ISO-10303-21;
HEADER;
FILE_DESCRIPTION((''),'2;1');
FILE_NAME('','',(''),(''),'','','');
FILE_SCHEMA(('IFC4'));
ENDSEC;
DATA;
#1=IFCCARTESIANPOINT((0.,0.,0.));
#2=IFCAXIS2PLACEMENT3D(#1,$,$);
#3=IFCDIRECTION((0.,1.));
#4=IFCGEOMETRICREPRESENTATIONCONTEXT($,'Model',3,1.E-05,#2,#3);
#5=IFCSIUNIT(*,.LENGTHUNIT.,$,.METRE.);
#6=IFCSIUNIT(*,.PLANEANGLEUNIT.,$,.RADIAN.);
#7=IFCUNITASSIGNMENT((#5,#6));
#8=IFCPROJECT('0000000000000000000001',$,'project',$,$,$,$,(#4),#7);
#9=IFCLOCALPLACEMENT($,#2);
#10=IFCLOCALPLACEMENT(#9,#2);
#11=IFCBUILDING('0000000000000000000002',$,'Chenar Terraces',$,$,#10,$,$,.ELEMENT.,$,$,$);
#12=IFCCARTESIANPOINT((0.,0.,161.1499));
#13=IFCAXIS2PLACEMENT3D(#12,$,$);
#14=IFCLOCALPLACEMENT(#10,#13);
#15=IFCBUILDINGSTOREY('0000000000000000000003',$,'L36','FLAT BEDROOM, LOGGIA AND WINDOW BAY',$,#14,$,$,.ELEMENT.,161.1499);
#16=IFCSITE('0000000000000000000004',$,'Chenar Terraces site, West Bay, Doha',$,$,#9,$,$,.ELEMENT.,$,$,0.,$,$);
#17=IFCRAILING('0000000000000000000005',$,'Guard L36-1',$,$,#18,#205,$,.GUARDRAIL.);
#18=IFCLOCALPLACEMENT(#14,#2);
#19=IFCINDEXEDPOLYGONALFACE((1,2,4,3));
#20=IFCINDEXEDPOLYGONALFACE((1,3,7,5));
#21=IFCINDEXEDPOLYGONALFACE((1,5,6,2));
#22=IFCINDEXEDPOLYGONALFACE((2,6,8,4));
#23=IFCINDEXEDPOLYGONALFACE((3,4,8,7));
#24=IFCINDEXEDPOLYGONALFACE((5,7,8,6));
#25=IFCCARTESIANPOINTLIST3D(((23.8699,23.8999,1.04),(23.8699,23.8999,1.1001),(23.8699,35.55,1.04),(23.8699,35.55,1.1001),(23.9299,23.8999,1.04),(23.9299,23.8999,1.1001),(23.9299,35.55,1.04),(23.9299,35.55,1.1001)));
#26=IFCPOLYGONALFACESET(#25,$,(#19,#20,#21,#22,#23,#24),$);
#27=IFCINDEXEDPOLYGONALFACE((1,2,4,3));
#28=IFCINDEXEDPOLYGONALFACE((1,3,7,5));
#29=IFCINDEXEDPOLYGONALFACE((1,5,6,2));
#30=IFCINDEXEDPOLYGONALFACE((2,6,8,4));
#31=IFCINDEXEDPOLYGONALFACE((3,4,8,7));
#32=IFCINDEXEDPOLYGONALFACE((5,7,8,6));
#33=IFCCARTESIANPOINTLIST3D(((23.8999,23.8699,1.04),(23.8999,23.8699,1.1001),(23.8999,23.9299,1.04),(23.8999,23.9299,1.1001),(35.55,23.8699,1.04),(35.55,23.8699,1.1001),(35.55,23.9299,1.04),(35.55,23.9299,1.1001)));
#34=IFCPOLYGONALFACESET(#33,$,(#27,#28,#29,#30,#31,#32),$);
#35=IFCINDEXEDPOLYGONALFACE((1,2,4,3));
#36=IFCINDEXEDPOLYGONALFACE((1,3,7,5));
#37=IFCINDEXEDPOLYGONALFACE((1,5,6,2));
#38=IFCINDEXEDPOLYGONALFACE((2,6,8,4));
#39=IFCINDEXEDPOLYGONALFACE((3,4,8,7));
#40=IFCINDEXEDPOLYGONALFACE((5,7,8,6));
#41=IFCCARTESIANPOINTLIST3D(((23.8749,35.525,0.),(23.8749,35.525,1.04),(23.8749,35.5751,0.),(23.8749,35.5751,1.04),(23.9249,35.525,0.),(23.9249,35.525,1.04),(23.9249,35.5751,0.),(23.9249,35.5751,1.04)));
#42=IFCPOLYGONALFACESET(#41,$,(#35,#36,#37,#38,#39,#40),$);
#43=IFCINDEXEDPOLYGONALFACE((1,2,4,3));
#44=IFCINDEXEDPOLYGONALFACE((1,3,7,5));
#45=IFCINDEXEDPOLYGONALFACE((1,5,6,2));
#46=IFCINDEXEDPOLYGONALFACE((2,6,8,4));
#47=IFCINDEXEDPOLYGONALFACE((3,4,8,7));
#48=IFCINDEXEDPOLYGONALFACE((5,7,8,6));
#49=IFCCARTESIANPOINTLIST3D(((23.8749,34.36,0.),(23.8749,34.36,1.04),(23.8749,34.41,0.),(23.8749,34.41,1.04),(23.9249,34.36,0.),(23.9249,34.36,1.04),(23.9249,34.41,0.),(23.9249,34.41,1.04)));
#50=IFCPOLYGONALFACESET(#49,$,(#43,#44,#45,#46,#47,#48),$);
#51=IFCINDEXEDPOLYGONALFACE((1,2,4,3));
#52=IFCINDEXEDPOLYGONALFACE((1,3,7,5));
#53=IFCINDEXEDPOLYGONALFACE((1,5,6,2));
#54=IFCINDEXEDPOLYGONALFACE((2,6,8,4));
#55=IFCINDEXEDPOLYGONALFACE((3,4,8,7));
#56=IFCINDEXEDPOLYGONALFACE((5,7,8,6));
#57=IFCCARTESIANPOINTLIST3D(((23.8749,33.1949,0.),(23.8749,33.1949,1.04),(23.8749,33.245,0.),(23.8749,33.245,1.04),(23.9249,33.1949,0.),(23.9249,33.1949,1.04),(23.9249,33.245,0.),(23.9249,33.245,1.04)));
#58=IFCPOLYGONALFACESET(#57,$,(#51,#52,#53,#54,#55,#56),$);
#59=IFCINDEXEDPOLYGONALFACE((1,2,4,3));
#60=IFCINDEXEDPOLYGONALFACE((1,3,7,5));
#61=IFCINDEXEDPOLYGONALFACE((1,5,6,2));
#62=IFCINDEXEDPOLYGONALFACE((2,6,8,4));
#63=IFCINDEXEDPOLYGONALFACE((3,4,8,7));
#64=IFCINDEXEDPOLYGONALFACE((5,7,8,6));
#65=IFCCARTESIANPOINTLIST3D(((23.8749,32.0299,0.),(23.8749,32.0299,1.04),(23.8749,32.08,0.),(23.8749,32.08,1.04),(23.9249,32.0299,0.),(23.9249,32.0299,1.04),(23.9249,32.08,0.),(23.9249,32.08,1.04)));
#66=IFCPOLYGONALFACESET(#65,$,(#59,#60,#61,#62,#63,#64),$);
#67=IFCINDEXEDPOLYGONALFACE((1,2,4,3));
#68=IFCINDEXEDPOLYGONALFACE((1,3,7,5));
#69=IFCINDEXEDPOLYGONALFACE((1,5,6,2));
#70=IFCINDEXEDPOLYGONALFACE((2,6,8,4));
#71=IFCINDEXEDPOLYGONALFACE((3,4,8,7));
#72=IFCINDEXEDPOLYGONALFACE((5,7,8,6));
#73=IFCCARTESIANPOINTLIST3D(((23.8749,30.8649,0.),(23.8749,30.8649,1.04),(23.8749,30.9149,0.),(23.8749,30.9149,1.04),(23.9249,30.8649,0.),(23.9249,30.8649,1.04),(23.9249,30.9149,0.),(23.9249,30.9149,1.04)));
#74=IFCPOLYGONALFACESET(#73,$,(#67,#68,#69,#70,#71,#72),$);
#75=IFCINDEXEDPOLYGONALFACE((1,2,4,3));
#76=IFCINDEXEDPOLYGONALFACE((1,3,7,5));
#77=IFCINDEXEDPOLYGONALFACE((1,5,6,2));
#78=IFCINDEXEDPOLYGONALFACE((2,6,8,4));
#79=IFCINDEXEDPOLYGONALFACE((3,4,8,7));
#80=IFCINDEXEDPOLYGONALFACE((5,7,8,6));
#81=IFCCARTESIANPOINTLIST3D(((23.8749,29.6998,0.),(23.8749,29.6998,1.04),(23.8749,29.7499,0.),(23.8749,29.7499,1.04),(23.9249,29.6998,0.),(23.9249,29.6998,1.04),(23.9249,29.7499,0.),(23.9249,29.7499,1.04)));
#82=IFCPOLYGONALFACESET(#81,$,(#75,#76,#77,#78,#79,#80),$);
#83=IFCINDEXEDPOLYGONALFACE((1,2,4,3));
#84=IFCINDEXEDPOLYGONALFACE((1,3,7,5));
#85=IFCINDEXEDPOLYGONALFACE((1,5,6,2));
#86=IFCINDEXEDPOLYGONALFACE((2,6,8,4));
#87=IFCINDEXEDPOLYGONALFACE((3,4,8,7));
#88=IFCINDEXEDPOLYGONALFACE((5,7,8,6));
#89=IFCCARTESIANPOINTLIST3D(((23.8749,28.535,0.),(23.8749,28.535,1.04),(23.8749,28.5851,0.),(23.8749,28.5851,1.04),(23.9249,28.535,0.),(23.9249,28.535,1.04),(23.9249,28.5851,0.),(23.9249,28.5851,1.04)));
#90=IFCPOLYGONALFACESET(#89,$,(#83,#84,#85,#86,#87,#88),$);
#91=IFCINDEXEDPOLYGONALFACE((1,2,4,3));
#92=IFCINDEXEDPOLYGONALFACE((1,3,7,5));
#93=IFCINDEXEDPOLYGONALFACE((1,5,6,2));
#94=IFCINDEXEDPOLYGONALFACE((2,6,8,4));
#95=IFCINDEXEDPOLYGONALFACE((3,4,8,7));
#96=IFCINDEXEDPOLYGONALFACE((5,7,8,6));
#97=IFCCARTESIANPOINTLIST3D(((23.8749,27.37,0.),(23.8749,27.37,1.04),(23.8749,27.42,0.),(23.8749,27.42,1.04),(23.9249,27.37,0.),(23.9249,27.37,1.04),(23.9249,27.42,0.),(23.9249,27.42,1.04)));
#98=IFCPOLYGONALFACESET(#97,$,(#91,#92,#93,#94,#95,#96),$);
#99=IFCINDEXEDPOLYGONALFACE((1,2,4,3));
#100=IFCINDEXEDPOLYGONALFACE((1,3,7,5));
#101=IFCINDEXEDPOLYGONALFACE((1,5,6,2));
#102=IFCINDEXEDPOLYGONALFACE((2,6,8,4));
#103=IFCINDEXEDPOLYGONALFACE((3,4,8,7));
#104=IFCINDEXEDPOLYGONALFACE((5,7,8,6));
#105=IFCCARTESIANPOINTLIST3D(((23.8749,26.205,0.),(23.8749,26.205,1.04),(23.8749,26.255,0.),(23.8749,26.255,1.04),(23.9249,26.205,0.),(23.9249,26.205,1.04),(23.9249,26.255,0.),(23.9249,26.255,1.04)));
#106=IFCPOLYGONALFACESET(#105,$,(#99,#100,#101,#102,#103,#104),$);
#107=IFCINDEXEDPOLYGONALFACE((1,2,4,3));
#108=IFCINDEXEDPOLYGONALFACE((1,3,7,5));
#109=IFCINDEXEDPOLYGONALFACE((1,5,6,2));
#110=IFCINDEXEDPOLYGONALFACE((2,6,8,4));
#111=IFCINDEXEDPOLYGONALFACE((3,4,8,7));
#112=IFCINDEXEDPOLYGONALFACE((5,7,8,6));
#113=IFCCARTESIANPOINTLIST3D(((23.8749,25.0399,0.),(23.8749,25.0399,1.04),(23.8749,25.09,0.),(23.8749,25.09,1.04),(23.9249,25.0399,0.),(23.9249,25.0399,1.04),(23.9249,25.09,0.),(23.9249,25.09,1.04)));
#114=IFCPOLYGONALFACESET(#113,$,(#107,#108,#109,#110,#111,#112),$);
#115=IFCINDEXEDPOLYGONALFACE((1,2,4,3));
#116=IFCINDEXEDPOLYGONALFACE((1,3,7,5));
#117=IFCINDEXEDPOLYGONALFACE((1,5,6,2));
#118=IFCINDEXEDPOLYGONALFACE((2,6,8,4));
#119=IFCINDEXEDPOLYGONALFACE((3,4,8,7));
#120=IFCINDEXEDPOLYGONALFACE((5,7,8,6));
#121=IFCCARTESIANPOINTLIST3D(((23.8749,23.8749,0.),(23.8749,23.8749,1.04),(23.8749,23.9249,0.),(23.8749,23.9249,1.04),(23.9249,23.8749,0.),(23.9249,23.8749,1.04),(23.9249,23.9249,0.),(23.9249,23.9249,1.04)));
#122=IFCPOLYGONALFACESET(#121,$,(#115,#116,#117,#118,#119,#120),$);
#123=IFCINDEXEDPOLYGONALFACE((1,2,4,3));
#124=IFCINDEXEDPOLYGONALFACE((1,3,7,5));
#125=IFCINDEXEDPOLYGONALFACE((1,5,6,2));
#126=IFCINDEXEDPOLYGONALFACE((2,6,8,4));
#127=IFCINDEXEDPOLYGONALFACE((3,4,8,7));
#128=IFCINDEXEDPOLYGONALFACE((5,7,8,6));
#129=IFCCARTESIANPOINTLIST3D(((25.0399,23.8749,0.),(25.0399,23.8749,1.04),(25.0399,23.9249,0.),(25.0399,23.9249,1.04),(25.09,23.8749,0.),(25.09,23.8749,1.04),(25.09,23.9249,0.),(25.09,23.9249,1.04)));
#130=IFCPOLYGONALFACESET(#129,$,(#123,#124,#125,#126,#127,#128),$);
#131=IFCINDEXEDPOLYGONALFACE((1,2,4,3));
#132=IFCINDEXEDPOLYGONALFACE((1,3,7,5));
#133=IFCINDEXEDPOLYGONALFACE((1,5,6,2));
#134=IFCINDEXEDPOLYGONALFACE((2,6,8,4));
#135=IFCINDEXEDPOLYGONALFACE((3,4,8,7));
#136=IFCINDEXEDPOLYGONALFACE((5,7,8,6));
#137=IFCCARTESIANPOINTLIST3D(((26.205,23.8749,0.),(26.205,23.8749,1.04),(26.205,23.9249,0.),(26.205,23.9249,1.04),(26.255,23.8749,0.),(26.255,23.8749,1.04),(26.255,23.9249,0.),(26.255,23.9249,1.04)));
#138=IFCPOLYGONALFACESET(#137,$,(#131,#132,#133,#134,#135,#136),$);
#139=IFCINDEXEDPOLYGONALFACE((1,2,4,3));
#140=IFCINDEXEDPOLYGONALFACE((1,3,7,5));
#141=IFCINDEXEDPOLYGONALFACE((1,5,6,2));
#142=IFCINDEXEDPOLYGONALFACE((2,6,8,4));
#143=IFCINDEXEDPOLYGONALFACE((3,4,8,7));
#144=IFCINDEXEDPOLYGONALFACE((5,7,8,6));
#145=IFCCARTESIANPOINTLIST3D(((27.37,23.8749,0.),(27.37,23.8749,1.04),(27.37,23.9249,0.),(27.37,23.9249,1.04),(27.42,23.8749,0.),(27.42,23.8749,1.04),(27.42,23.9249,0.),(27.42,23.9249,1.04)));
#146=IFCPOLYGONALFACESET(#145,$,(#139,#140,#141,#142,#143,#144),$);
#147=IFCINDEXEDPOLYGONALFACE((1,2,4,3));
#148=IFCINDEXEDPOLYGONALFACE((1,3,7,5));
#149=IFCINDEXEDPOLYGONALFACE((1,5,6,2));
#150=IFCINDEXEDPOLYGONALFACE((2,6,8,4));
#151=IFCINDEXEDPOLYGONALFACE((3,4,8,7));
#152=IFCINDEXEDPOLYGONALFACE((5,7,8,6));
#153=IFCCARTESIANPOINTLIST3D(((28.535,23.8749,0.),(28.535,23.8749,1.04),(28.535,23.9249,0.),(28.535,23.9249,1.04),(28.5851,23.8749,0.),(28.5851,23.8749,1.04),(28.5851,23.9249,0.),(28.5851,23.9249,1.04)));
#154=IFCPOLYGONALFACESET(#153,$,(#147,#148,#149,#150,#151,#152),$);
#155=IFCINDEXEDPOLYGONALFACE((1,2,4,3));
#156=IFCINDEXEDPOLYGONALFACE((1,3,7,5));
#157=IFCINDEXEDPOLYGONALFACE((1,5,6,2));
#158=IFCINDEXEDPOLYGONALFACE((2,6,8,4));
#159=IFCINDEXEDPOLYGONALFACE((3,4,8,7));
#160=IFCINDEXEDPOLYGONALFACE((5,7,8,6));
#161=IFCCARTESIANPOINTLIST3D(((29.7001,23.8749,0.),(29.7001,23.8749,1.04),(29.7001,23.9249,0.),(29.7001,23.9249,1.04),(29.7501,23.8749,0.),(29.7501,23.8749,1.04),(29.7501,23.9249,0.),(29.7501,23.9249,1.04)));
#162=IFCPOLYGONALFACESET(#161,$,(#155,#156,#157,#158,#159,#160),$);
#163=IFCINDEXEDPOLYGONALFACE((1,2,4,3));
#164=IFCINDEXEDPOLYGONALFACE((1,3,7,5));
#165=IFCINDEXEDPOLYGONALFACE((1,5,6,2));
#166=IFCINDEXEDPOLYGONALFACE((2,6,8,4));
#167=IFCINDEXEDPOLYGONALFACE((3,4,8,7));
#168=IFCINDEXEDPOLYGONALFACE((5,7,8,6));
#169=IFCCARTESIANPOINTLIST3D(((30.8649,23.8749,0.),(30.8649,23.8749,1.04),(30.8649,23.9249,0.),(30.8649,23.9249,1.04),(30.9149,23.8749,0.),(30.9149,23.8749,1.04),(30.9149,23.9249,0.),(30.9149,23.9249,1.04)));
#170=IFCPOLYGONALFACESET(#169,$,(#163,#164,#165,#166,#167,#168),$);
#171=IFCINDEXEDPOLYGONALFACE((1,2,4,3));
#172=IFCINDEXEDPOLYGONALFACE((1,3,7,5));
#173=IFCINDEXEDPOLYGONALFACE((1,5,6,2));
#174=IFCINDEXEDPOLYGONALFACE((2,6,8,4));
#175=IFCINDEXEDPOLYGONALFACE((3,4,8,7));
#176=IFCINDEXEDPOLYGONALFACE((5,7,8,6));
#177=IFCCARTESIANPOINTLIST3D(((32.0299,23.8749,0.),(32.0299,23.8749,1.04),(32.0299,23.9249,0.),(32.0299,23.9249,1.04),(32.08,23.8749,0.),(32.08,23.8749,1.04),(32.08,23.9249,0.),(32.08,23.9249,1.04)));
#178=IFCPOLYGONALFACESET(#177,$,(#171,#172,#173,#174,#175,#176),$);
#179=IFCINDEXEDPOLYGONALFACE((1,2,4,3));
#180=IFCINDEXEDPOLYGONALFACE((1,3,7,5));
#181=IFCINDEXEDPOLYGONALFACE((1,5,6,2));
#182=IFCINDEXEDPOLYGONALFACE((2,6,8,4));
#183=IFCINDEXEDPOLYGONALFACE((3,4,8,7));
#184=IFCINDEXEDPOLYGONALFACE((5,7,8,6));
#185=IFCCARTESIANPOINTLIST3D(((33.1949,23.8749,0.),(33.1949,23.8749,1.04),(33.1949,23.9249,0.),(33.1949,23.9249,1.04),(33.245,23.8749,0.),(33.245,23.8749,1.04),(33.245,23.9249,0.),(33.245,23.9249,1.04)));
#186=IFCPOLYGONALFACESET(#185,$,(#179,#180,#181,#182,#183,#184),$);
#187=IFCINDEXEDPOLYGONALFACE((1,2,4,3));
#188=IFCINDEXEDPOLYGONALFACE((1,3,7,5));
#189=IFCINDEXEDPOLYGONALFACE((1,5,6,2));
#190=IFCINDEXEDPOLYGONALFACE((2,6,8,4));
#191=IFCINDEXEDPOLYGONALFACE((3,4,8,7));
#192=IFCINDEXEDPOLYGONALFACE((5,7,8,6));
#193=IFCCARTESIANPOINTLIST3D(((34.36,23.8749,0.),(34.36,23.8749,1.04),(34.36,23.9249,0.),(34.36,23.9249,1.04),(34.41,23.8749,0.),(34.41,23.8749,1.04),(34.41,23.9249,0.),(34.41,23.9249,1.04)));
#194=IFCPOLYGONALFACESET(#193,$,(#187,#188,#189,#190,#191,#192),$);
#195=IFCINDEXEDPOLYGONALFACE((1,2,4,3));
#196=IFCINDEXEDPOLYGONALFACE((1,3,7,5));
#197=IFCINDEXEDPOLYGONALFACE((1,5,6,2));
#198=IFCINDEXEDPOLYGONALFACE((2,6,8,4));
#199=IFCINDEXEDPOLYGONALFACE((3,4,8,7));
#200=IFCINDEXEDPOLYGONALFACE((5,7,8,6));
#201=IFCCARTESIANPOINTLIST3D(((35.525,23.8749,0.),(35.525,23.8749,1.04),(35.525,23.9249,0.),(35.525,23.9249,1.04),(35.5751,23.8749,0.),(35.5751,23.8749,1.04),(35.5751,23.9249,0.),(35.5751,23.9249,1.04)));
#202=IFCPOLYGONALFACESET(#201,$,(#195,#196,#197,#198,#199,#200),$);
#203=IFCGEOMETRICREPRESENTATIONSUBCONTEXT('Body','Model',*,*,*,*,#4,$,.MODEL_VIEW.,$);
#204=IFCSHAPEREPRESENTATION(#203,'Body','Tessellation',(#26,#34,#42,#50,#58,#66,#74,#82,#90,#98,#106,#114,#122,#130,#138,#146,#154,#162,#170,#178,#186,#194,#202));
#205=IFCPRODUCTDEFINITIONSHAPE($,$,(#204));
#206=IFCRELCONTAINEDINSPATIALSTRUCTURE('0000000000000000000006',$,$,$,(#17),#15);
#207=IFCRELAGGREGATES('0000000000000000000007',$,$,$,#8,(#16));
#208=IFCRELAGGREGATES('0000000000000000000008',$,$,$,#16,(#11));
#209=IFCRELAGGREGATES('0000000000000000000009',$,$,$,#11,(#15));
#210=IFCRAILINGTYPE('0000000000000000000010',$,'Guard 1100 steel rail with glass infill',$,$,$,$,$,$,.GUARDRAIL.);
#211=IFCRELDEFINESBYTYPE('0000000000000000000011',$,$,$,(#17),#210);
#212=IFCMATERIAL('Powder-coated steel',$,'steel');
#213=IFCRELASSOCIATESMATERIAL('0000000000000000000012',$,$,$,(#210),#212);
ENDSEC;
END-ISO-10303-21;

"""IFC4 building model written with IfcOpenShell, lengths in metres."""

from ifc_helpers import new_model, si_unit, direction, frame, origin, origin_2d, place, context, subcontext, project, spatial, rectangle, extrude, material, type_object, element, save


model = new_model("IFC4")

# Units and contexts
model_context = context("Model", 3, precision=1e-05, world=origin(), true_north=direction((0.0, 1.0)))
body_context = subcontext(model_context, "Body", "Model", "MODEL_VIEW")
ifc_project = project(units=[si_unit("LENGTHUNIT", "METRE"), si_unit("PLANEANGLEUNIT", "RADIAN")], contexts=[model_context])

# Site, building, storey
site_placement = place(None, origin())
site = spatial("IfcSite", under=ifc_project, at=site_placement, Name="Chenar Terraces site, West Bay, Doha", CompositionType="ELEMENT", RefElevation=0.0)
building_placement = place(site_placement, origin())
building = spatial("IfcBuilding", under=site, at=building_placement, Name="Chenar Terraces", CompositionType="ELEMENT")
storey_placement = place(building_placement, frame((0.0, 0.0, 161.1499)))
storey = spatial("IfcBuildingStorey", under=building, at=storey_placement, Name="L36", Description="FLAT BEDROOM, LOGGIA AND WINDOW BAY", CompositionType="ELEMENT", Elevation=161.1499)

# Railing
ifc_material_1 = material(Name="Powder-coated steel", Category="steel")
railing_type = type_object("IfcRailingType", Name="Guard 1100 steel rail with glass infill", PredefinedType="GUARDRAIL", material=ifc_material_1)
railing_placement = place(storey_placement, frame((23.8999, 35.55, 0.0)))
element("IfcRailing", 1, at=railing_placement, inside=storey, type_object=railing_type, Name="Guard L36-1", PredefinedType="GUARDRAIL", context=body_context, shape_type="SweptSolid", body=[
    extrude(rectangle(XDim=0.0601, YDim=0.0601, at=origin_2d()), frame((0.0, 0.0, 1.0701), z_axis=(0.0, -1.0, 0.0), x_axis=(1.0, 0.0, 0.0)), (0.0, 0.0, 1.0), 11.6501),
    extrude(rectangle(XDim=0.0601, YDim=0.0601, at=origin_2d()), frame((0.0, -11.6501, 1.0701), z_axis=(1.0, 0.0, 0.0), x_axis=(0.0, 1.0, 0.0)), (0.0, 0.0, 1.0), 11.6501),
    extrude(rectangle(XDim=0.05, YDim=0.05, at=origin_2d()), origin(), (0.0, 0.0, 1.0), 1.04),
    extrude(rectangle(XDim=0.05, YDim=0.05, at=origin_2d()), frame((0.0, -1.165, 0.0)), (0.0, 0.0, 1.0), 1.04),
    extrude(rectangle(XDim=0.05, YDim=0.05, at=origin_2d()), frame((0.0, -2.3301, 0.0)), (0.0, 0.0, 1.0), 1.04),
    extrude(rectangle(XDim=0.05, YDim=0.05, at=origin_2d()), frame((0.0, -3.4951, 0.0)), (0.0, 0.0, 1.0), 1.04),
    extrude(rectangle(XDim=0.05, YDim=0.05, at=origin_2d()), frame((0.0, -4.6602, 0.0)), (0.0, 0.0, 1.0), 1.04),
    extrude(rectangle(XDim=0.05, YDim=0.05, at=origin_2d()), frame((0.0, -5.8252, 0.0)), (0.0, 0.0, 1.0), 1.04),
    extrude(rectangle(XDim=0.05, YDim=0.05, at=origin_2d()), frame((0.0, -6.99, 0.0)), (0.0, 0.0, 1.0), 1.04),
    extrude(rectangle(XDim=0.05, YDim=0.05, at=origin_2d()), frame((0.0, -8.155, 0.0)), (0.0, 0.0, 1.0), 1.04),
    extrude(rectangle(XDim=0.05, YDim=0.05, at=origin_2d()), frame((0.0, -9.3201, 0.0)), (0.0, 0.0, 1.0), 1.04),
    extrude(rectangle(XDim=0.05, YDim=0.05, at=origin_2d()), frame((0.0, -10.4851, 0.0)), (0.0, 0.0, 1.0), 1.04),
    extrude(rectangle(XDim=0.05, YDim=0.05, at=origin_2d()), frame((0.0, -11.6501, 0.0)), (0.0, 0.0, 1.0), 1.04),
    extrude(rectangle(XDim=0.05, YDim=0.05, at=origin_2d()), frame((1.165, -11.6501, 0.0)), (0.0, 0.0, 1.0), 1.04),
    extrude(rectangle(XDim=0.05, YDim=0.05, at=origin_2d()), frame((2.3301, -11.6501, 0.0)), (0.0, 0.0, 1.0), 1.04),
    extrude(rectangle(XDim=0.05, YDim=0.05, at=origin_2d()), frame((3.4951, -11.6501, 0.0)), (0.0, 0.0, 1.0), 1.04),
    extrude(rectangle(XDim=0.05, YDim=0.05, at=origin_2d()), frame((4.6602, -11.6501, 0.0)), (0.0, 0.0, 1.0), 1.04),
    extrude(rectangle(XDim=0.05, YDim=0.05, at=origin_2d()), frame((5.8252, -11.6501, 0.0)), (0.0, 0.0, 1.0), 1.04),
    extrude(rectangle(XDim=0.05, YDim=0.05, at=origin_2d()), frame((6.99, -11.6501, 0.0)), (0.0, 0.0, 1.0), 1.04),
    extrude(rectangle(XDim=0.05, YDim=0.05, at=origin_2d()), frame((8.155, -11.6501, 0.0)), (0.0, 0.0, 1.0), 1.04),
    extrude(rectangle(XDim=0.05, YDim=0.05, at=origin_2d()), frame((9.3201, -11.6501, 0.0)), (0.0, 0.0, 1.0), 1.04),
    extrude(rectangle(XDim=0.05, YDim=0.05, at=origin_2d()), frame((10.4851, -11.6501, 0.0)), (0.0, 0.0, 1.0), 1.04),
    extrude(rectangle(XDim=0.05, YDim=0.05, at=origin_2d()), frame((11.6501, -11.6501, 0.0)), (0.0, 0.0, 1.0), 1.04),
])

save(model, "model.ifc")
